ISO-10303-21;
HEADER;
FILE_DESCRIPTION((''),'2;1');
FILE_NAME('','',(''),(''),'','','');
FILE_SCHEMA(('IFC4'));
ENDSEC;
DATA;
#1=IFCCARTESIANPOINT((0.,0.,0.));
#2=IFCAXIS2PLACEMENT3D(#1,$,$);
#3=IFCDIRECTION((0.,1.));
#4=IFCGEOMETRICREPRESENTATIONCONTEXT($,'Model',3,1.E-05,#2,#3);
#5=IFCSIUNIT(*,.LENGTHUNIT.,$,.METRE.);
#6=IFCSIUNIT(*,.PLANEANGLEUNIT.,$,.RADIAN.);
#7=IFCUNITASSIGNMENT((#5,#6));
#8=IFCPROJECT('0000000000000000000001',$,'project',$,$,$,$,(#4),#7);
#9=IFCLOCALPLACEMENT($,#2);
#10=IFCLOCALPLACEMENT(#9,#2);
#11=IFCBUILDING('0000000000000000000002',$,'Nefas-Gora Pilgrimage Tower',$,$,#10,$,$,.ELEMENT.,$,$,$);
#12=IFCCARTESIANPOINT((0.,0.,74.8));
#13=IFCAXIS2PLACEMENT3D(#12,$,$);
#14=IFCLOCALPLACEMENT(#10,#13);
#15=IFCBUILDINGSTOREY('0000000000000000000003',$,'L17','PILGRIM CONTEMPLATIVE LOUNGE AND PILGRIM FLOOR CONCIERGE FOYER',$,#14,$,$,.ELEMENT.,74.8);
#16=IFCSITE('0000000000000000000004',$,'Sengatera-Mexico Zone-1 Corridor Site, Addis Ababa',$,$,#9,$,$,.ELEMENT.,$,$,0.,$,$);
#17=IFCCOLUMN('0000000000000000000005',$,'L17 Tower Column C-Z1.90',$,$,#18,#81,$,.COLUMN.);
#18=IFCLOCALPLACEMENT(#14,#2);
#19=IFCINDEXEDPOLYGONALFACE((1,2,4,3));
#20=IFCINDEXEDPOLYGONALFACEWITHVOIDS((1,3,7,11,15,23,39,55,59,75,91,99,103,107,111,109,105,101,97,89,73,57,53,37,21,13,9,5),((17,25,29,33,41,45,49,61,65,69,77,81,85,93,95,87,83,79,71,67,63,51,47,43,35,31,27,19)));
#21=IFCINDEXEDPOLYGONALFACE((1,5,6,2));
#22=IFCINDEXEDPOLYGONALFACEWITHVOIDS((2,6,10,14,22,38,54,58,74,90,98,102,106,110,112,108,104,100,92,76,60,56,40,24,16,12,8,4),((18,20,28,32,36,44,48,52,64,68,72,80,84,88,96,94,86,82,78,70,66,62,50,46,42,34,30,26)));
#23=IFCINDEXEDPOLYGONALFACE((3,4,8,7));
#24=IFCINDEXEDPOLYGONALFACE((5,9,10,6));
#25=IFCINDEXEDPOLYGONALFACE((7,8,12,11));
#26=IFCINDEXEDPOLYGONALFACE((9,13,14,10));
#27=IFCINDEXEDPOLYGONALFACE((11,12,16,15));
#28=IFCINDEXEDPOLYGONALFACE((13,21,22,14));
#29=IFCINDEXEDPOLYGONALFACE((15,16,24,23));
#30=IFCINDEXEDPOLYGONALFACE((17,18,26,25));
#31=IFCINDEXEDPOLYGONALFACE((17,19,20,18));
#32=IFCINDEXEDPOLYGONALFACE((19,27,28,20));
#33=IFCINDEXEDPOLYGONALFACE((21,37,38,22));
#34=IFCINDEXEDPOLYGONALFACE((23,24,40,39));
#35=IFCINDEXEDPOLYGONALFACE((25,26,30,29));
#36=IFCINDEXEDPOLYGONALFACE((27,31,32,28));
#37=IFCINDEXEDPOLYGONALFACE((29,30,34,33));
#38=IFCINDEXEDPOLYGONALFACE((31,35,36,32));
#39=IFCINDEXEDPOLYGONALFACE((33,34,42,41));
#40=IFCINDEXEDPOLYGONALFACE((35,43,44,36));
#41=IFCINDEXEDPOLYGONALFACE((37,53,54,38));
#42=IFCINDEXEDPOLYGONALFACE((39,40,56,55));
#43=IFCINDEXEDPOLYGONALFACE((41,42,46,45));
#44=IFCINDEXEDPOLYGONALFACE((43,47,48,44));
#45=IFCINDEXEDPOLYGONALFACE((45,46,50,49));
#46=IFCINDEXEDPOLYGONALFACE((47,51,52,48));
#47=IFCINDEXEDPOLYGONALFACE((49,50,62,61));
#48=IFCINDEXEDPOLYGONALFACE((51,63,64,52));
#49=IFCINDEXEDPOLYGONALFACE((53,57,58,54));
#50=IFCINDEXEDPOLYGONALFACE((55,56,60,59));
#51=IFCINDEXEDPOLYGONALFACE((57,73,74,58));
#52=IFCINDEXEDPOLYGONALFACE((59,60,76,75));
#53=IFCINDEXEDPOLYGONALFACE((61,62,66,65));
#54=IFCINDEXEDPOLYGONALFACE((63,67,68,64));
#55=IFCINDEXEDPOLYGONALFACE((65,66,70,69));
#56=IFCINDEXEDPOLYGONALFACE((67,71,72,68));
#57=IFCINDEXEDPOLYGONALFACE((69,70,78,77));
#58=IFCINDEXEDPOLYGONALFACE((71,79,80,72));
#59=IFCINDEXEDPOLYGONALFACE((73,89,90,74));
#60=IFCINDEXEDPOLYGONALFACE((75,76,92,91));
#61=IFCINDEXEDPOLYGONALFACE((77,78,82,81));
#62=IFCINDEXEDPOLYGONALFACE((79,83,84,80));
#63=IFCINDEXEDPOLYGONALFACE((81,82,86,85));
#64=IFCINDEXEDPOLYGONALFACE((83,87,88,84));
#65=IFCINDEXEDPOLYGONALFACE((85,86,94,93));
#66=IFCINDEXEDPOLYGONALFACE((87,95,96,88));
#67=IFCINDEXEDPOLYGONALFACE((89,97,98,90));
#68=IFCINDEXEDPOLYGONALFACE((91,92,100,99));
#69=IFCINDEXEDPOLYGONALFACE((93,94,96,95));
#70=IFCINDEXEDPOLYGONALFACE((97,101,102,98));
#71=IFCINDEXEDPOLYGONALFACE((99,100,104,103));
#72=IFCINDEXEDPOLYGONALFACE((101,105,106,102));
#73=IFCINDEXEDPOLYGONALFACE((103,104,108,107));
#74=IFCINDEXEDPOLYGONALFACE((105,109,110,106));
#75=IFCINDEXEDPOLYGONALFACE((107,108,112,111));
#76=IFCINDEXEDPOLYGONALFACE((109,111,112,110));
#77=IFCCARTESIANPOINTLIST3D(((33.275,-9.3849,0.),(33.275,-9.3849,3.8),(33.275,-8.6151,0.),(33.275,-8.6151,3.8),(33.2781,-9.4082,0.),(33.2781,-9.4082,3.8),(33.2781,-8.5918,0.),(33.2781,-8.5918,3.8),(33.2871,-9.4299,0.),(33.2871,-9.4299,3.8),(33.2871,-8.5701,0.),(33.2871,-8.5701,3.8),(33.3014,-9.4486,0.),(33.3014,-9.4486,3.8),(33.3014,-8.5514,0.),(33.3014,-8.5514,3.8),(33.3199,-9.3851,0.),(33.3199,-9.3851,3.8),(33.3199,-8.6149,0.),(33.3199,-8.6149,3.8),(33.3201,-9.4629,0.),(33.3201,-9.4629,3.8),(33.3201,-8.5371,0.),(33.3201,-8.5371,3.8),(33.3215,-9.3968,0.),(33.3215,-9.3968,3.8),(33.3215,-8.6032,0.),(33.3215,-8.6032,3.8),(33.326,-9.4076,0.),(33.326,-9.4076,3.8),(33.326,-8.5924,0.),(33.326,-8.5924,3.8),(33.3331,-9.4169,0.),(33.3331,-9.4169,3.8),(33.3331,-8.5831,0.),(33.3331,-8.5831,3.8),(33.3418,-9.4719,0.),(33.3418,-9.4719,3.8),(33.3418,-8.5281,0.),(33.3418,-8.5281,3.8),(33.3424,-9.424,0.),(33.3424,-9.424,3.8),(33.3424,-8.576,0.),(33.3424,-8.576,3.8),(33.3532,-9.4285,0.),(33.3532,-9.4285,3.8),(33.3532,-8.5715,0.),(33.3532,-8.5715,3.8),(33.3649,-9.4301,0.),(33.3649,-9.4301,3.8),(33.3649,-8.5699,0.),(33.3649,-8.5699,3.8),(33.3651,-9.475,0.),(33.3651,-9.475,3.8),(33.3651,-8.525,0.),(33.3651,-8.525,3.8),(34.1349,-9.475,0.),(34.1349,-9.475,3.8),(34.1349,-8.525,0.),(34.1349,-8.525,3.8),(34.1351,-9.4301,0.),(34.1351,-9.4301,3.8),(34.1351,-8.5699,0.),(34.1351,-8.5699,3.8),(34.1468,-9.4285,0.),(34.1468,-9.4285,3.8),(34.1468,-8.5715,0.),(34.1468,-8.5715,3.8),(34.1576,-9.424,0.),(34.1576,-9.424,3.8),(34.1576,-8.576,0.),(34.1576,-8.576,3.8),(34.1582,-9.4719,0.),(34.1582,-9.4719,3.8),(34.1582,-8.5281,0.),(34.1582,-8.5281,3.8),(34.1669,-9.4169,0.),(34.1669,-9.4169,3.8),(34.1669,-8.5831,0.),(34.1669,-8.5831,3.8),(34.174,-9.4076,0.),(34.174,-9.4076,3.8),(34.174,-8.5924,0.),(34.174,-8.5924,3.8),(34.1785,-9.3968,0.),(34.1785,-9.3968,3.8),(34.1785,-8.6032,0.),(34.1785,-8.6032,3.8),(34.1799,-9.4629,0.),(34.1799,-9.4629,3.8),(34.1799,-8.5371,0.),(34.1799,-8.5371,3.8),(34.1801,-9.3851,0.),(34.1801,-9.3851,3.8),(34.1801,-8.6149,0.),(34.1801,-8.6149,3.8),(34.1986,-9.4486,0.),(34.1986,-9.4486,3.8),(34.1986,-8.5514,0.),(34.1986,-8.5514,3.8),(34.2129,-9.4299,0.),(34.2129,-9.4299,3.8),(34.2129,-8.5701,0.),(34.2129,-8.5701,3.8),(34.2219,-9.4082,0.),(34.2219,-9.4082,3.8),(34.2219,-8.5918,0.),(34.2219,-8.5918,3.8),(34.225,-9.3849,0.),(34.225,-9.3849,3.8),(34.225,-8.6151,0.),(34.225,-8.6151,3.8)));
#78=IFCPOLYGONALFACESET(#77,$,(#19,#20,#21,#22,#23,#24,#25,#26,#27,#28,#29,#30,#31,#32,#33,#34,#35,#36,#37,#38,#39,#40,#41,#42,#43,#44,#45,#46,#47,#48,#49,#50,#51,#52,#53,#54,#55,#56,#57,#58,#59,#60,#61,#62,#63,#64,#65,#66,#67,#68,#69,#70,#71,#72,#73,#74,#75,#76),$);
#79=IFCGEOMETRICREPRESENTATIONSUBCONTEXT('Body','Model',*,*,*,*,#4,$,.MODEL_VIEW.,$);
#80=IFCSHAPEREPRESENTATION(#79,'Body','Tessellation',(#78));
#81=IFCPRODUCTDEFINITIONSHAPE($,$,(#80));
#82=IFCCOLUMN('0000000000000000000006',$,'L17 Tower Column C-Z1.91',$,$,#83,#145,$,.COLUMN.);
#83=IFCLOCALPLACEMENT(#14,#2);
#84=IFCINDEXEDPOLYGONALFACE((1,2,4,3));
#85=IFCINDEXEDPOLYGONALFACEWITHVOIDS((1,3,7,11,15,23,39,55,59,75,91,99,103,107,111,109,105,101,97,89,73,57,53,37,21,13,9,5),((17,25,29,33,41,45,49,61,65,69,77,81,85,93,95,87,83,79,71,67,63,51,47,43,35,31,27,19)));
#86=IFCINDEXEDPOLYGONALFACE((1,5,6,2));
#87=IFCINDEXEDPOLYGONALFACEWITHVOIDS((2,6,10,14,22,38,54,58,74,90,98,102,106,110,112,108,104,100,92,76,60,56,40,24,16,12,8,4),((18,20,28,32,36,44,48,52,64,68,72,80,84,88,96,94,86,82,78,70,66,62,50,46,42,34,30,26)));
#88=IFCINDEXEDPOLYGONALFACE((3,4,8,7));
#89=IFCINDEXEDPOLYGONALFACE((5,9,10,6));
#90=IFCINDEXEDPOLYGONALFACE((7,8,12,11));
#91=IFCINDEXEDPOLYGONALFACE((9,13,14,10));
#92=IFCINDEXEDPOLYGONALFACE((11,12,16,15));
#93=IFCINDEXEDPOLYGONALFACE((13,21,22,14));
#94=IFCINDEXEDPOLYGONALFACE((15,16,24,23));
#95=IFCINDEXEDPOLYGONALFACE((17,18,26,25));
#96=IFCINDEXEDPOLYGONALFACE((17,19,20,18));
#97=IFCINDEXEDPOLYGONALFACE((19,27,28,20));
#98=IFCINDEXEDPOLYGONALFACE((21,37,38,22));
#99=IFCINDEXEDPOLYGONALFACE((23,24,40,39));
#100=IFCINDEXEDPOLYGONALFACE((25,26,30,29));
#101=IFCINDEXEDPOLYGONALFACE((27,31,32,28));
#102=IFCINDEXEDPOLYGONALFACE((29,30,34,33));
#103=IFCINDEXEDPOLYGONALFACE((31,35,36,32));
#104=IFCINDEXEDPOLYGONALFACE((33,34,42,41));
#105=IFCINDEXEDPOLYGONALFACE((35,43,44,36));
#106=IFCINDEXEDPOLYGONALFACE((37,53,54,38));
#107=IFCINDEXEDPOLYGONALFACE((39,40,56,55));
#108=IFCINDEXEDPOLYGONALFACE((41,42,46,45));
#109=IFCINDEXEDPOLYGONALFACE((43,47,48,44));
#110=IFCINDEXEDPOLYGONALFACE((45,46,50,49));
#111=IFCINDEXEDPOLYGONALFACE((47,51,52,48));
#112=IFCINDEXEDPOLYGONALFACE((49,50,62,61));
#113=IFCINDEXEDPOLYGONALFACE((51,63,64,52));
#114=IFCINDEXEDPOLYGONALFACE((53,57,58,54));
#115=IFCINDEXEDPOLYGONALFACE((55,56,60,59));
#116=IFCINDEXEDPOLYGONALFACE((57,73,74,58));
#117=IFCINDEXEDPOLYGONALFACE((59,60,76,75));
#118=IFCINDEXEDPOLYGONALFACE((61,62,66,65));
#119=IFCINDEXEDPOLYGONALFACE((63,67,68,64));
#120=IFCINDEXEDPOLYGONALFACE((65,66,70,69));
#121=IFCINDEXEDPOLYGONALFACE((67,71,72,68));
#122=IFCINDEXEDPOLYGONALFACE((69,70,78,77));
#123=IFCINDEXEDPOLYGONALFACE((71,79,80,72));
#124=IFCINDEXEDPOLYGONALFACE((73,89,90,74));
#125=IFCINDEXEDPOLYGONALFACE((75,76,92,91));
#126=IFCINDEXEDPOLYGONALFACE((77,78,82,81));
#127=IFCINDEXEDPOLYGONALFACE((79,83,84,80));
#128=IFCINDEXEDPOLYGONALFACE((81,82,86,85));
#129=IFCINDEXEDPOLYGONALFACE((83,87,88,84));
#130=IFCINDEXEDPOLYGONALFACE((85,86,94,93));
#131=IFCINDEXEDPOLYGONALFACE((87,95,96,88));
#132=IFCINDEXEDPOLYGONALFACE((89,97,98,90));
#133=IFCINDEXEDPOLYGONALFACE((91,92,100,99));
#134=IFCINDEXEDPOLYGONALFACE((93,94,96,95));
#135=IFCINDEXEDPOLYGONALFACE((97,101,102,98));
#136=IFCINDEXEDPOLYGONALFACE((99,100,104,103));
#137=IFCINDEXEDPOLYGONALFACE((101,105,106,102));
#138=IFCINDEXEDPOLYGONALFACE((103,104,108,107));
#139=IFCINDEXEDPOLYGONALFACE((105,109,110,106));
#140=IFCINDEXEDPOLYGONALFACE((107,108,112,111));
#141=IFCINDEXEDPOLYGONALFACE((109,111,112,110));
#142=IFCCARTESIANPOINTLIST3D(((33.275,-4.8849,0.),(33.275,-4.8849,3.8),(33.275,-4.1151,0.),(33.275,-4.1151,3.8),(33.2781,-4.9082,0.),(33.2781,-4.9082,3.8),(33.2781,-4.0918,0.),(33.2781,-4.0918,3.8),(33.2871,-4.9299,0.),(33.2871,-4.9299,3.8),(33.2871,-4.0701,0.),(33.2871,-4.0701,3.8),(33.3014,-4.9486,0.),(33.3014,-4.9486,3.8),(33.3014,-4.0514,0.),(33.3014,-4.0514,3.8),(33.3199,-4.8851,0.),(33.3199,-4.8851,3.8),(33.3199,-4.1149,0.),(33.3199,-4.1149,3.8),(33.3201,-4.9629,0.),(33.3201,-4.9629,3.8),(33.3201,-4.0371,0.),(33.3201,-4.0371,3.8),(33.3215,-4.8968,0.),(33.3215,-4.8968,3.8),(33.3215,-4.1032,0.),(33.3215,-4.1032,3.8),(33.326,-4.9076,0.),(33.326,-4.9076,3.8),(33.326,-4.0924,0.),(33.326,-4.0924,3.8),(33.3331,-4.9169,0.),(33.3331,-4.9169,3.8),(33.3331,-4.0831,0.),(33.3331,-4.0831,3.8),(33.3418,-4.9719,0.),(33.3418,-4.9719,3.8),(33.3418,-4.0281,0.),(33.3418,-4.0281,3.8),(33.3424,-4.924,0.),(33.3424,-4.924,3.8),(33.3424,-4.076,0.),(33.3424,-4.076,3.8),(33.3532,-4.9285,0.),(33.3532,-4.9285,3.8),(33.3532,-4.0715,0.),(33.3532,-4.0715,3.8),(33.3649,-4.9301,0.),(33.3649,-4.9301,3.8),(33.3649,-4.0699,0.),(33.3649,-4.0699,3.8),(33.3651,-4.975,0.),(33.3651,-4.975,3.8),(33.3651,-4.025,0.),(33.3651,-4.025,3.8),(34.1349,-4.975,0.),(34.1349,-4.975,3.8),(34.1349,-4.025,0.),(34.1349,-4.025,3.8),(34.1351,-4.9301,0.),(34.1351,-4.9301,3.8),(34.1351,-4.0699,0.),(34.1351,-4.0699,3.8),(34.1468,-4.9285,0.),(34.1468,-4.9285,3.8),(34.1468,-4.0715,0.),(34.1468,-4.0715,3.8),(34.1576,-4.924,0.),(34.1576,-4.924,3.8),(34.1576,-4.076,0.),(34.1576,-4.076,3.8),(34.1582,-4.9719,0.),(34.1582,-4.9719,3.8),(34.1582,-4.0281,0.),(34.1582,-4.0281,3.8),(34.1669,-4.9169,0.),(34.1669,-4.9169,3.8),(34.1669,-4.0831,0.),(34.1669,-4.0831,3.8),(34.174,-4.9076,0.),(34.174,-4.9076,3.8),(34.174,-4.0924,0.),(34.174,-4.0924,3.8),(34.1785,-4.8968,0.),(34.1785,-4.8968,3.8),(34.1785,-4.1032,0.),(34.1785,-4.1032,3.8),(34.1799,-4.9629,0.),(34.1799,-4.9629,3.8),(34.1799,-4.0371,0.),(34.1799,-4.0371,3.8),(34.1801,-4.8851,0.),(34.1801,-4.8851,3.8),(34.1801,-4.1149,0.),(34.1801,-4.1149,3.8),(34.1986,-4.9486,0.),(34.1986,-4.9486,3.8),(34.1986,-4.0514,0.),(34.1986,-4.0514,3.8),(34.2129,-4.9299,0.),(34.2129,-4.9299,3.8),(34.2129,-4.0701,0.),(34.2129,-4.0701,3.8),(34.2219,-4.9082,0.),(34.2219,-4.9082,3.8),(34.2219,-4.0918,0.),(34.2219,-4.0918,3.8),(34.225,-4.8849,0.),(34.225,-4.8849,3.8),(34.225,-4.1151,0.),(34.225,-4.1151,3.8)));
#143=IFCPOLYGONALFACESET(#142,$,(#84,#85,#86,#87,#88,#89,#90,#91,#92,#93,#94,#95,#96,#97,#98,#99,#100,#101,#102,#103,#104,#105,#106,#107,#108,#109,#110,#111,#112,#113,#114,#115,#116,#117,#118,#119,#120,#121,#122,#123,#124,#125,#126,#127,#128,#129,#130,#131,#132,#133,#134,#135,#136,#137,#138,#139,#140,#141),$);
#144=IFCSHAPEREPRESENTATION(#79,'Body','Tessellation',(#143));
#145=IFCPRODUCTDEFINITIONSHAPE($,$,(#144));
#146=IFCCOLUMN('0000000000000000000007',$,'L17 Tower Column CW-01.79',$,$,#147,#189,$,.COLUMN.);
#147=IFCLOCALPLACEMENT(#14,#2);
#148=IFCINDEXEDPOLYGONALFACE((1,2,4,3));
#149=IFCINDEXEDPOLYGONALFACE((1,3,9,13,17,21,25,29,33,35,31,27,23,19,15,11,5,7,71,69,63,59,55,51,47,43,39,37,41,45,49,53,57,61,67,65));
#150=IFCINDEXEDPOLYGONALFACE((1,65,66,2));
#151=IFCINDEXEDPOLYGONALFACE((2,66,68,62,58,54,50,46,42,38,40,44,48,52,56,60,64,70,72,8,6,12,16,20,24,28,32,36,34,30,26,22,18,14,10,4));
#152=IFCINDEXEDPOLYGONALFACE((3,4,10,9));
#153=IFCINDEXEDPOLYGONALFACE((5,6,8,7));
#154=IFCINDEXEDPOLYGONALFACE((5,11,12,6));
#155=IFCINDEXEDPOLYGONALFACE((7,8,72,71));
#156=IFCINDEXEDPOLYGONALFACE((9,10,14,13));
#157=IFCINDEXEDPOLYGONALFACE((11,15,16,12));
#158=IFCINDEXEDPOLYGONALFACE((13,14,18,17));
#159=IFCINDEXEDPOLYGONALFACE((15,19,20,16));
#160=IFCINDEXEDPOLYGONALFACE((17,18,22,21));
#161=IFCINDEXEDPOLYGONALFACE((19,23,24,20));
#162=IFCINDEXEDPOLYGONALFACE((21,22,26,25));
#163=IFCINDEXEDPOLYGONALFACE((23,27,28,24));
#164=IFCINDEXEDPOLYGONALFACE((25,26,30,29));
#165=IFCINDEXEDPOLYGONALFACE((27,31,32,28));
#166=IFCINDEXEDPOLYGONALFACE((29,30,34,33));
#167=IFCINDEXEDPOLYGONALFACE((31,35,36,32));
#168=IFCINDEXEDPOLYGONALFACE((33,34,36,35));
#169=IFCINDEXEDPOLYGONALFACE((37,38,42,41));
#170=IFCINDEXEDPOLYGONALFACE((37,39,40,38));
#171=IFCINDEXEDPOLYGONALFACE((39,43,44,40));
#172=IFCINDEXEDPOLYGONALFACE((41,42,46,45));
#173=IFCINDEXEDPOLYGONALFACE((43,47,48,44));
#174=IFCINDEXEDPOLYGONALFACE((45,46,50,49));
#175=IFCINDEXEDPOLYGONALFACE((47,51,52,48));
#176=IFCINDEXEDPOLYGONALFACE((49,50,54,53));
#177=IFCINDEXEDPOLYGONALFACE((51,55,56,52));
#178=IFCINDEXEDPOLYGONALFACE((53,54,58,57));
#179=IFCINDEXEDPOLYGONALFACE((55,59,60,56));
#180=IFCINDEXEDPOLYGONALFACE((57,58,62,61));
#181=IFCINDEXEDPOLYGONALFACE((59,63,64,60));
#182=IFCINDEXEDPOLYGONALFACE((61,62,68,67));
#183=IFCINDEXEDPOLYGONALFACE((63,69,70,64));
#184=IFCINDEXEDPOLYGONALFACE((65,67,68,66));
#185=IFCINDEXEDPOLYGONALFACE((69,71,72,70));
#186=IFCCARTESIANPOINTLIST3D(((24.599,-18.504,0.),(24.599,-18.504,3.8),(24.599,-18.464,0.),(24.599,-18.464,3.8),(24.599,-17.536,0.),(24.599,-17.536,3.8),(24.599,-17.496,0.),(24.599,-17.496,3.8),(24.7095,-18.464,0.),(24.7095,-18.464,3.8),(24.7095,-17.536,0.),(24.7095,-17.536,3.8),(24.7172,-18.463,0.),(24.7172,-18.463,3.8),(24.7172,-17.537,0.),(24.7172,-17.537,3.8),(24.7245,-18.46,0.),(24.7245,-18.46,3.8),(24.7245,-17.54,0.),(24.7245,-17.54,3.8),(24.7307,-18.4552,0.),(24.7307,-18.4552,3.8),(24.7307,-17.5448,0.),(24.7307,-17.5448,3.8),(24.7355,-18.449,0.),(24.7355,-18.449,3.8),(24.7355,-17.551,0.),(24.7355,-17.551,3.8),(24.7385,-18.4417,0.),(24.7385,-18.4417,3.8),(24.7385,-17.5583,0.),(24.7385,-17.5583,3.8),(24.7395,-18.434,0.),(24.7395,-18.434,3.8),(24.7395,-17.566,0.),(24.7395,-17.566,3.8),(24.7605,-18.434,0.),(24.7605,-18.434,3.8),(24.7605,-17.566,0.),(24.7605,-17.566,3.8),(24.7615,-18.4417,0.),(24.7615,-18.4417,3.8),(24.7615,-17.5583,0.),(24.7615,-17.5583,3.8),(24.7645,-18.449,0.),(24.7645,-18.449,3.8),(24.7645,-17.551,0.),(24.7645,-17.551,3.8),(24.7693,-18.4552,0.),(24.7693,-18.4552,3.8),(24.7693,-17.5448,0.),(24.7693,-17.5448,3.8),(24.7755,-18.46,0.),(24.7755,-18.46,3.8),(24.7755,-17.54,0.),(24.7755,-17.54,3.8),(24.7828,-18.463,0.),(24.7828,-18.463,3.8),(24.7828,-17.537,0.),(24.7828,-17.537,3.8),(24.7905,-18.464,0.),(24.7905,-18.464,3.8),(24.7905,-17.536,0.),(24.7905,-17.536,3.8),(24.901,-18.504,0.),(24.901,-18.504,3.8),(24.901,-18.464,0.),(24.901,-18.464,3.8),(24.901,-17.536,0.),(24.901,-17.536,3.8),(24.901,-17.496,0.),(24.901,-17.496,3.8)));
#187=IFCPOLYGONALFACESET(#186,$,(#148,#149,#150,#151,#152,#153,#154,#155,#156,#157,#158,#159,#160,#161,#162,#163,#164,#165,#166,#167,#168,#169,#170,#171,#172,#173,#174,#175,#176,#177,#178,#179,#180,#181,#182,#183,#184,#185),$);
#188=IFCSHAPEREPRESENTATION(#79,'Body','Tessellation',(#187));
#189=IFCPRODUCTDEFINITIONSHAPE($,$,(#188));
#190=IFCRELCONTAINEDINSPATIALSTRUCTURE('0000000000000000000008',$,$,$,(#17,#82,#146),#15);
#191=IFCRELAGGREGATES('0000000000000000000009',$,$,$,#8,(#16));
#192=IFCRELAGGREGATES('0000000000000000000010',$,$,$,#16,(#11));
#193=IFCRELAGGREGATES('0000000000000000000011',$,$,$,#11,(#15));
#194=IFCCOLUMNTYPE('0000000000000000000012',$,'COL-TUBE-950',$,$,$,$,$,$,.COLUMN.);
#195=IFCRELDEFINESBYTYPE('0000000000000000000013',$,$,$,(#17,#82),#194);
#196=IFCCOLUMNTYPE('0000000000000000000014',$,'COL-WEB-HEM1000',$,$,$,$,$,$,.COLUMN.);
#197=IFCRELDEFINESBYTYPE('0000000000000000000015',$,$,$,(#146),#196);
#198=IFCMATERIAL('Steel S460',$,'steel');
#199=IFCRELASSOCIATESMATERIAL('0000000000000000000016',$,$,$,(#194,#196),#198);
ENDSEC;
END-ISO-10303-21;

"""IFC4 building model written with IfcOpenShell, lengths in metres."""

from ifc_helpers import new_model, si_unit, direction, frame, origin, origin_2d, place, context, subcontext, project, spatial, hollow_rectangle, i_section, extrude, source, transform, mapped, material, material_profile, profile_set, type_object, element, save


model = new_model("IFC4")

# Units and contexts
model_context = context("Model", 3, precision=1e-05, world=origin(), true_north=direction((0.0, 1.0)))
body_context = subcontext(model_context, "Body", "Model", "MODEL_VIEW")
ifc_project = project(units=[si_unit("LENGTHUNIT", "METRE"), si_unit("PLANEANGLEUNIT", "RADIAN")], contexts=[model_context])

# Site, building, storey
site_placement = place(None, origin())
site = spatial("IfcSite", under=ifc_project, at=site_placement, Name="Sengatera-Mexico Zone-1 Corridor Site, Addis Ababa", CompositionType="ELEMENT", RefElevation=0.0)
building_placement = place(site_placement, origin())
building = spatial("IfcBuilding", under=site, at=building_placement, Name="Nefas-Gora Pilgrimage Tower", CompositionType="ELEMENT")
storey_placement = place(building_placement, frame((0.0, 0.0, 74.8)))
storey = spatial("IfcBuildingStorey", under=building, at=storey_placement, Name="L17", Description="PILGRIM CONTEMPLATIVE LOUNGE AND PILGRIM FLOOR CONCIERGE FOYER", CompositionType="ELEMENT", Elevation=74.8)

# Columns
ifc_material_1 = material(Name="Steel S460", Category="steel")
ifc_material_profile_1 = material_profile(ifc_material_1, hollow_rectangle(XDim=0.95, YDim=0.95, WallThickness=0.0449, InnerFilletRadius=0.0449, OuterFilletRadius=0.0901, at=origin_2d()), Name="BOX 950x950x45")
ifc_profile_set_1 = profile_set([ifc_material_profile_1], Name="Steel S460")
column_type_1 = type_object("IfcColumnType", Name="COL-TUBE-950", PredefinedType="COLUMN", material=ifc_profile_set_1)
shared_shape_1 = source(origin(), body_context, "Body", "SweptSolid", [
    extrude(hollow_rectangle(XDim=0.95, YDim=0.95, WallThickness=0.0449, InnerFilletRadius=0.0449, OuterFilletRadius=0.0901, at=origin_2d()), origin(), (0.0, 0.0, 1.0), 3.8),
])
for number, where, z_axis, x_axis, name in (
    (1, (33.75, -9.0, 0.0), (0.0, 0.0, 1.0), (1.0, 0.0, 0.0), "L17 Tower Column C-Z1.90"),
    (2, (33.75, -4.5, 0.0), (0.0, 0.0, 1.0), (1.0, 0.0, 0.0), "L17 Tower Column C-Z1.91"),
):
    element("IfcColumn", number, at=place(storey_placement, frame(where, z_axis=z_axis, x_axis=x_axis)), inside=storey, type_object=column_type_1, Name=name, PredefinedType="COLUMN", context=body_context, shape_type="MappedRepresentation", body=[
        mapped(shared_shape_1, transform((0.0, 0.0, 0.0), x_axis=(1.0, 0.0, 0.0), y_axis=(0.0, 1.0, 0.0), z_axis=(0.0, 0.0, 1.0), scale=1.0)),
    ])
ifc_material_profile_2 = material_profile(ifc_material_1, i_section(OverallWidth=0.302, OverallDepth=1.0081, WebThickness=0.021, FlangeThickness=0.04, FilletRadius=0.03, at=origin_2d()), Name="HEM 1000")
ifc_profile_set_2 = profile_set([ifc_material_profile_2], Name="Steel S460")
column_type_2 = type_object("IfcColumnType", Name="COL-WEB-HEM1000", PredefinedType="COLUMN", material=ifc_profile_set_2)
shared_shape_2 = source(origin(), body_context, "Body", "SweptSolid", [
    extrude(i_section(OverallWidth=0.302, OverallDepth=1.0081, WebThickness=0.021, FlangeThickness=0.04, FilletRadius=0.03, at=origin_2d()), origin(), (0.0, 0.0, 1.0), 3.8),
])
for number, where, z_axis, x_axis, name in (
    (3, (24.75, -18.0, 0.0), (0.0, 0.0, 1.0), (1.0, 0.0, 0.0), "L17 Tower Column CW-01.79"),
):
    element("IfcColumn", number, at=place(storey_placement, frame(where, z_axis=z_axis, x_axis=x_axis)), inside=storey, type_object=column_type_2, Name=name, PredefinedType="COLUMN", context=body_context, shape_type="MappedRepresentation", body=[
        mapped(shared_shape_2, transform((0.0, 0.0, 0.0), x_axis=(1.0, 0.0, 0.0), y_axis=(0.0, 1.0, 0.0), z_axis=(0.0, 0.0, 1.0), scale=1.0)),
    ])

save(model, "model.ifc")
